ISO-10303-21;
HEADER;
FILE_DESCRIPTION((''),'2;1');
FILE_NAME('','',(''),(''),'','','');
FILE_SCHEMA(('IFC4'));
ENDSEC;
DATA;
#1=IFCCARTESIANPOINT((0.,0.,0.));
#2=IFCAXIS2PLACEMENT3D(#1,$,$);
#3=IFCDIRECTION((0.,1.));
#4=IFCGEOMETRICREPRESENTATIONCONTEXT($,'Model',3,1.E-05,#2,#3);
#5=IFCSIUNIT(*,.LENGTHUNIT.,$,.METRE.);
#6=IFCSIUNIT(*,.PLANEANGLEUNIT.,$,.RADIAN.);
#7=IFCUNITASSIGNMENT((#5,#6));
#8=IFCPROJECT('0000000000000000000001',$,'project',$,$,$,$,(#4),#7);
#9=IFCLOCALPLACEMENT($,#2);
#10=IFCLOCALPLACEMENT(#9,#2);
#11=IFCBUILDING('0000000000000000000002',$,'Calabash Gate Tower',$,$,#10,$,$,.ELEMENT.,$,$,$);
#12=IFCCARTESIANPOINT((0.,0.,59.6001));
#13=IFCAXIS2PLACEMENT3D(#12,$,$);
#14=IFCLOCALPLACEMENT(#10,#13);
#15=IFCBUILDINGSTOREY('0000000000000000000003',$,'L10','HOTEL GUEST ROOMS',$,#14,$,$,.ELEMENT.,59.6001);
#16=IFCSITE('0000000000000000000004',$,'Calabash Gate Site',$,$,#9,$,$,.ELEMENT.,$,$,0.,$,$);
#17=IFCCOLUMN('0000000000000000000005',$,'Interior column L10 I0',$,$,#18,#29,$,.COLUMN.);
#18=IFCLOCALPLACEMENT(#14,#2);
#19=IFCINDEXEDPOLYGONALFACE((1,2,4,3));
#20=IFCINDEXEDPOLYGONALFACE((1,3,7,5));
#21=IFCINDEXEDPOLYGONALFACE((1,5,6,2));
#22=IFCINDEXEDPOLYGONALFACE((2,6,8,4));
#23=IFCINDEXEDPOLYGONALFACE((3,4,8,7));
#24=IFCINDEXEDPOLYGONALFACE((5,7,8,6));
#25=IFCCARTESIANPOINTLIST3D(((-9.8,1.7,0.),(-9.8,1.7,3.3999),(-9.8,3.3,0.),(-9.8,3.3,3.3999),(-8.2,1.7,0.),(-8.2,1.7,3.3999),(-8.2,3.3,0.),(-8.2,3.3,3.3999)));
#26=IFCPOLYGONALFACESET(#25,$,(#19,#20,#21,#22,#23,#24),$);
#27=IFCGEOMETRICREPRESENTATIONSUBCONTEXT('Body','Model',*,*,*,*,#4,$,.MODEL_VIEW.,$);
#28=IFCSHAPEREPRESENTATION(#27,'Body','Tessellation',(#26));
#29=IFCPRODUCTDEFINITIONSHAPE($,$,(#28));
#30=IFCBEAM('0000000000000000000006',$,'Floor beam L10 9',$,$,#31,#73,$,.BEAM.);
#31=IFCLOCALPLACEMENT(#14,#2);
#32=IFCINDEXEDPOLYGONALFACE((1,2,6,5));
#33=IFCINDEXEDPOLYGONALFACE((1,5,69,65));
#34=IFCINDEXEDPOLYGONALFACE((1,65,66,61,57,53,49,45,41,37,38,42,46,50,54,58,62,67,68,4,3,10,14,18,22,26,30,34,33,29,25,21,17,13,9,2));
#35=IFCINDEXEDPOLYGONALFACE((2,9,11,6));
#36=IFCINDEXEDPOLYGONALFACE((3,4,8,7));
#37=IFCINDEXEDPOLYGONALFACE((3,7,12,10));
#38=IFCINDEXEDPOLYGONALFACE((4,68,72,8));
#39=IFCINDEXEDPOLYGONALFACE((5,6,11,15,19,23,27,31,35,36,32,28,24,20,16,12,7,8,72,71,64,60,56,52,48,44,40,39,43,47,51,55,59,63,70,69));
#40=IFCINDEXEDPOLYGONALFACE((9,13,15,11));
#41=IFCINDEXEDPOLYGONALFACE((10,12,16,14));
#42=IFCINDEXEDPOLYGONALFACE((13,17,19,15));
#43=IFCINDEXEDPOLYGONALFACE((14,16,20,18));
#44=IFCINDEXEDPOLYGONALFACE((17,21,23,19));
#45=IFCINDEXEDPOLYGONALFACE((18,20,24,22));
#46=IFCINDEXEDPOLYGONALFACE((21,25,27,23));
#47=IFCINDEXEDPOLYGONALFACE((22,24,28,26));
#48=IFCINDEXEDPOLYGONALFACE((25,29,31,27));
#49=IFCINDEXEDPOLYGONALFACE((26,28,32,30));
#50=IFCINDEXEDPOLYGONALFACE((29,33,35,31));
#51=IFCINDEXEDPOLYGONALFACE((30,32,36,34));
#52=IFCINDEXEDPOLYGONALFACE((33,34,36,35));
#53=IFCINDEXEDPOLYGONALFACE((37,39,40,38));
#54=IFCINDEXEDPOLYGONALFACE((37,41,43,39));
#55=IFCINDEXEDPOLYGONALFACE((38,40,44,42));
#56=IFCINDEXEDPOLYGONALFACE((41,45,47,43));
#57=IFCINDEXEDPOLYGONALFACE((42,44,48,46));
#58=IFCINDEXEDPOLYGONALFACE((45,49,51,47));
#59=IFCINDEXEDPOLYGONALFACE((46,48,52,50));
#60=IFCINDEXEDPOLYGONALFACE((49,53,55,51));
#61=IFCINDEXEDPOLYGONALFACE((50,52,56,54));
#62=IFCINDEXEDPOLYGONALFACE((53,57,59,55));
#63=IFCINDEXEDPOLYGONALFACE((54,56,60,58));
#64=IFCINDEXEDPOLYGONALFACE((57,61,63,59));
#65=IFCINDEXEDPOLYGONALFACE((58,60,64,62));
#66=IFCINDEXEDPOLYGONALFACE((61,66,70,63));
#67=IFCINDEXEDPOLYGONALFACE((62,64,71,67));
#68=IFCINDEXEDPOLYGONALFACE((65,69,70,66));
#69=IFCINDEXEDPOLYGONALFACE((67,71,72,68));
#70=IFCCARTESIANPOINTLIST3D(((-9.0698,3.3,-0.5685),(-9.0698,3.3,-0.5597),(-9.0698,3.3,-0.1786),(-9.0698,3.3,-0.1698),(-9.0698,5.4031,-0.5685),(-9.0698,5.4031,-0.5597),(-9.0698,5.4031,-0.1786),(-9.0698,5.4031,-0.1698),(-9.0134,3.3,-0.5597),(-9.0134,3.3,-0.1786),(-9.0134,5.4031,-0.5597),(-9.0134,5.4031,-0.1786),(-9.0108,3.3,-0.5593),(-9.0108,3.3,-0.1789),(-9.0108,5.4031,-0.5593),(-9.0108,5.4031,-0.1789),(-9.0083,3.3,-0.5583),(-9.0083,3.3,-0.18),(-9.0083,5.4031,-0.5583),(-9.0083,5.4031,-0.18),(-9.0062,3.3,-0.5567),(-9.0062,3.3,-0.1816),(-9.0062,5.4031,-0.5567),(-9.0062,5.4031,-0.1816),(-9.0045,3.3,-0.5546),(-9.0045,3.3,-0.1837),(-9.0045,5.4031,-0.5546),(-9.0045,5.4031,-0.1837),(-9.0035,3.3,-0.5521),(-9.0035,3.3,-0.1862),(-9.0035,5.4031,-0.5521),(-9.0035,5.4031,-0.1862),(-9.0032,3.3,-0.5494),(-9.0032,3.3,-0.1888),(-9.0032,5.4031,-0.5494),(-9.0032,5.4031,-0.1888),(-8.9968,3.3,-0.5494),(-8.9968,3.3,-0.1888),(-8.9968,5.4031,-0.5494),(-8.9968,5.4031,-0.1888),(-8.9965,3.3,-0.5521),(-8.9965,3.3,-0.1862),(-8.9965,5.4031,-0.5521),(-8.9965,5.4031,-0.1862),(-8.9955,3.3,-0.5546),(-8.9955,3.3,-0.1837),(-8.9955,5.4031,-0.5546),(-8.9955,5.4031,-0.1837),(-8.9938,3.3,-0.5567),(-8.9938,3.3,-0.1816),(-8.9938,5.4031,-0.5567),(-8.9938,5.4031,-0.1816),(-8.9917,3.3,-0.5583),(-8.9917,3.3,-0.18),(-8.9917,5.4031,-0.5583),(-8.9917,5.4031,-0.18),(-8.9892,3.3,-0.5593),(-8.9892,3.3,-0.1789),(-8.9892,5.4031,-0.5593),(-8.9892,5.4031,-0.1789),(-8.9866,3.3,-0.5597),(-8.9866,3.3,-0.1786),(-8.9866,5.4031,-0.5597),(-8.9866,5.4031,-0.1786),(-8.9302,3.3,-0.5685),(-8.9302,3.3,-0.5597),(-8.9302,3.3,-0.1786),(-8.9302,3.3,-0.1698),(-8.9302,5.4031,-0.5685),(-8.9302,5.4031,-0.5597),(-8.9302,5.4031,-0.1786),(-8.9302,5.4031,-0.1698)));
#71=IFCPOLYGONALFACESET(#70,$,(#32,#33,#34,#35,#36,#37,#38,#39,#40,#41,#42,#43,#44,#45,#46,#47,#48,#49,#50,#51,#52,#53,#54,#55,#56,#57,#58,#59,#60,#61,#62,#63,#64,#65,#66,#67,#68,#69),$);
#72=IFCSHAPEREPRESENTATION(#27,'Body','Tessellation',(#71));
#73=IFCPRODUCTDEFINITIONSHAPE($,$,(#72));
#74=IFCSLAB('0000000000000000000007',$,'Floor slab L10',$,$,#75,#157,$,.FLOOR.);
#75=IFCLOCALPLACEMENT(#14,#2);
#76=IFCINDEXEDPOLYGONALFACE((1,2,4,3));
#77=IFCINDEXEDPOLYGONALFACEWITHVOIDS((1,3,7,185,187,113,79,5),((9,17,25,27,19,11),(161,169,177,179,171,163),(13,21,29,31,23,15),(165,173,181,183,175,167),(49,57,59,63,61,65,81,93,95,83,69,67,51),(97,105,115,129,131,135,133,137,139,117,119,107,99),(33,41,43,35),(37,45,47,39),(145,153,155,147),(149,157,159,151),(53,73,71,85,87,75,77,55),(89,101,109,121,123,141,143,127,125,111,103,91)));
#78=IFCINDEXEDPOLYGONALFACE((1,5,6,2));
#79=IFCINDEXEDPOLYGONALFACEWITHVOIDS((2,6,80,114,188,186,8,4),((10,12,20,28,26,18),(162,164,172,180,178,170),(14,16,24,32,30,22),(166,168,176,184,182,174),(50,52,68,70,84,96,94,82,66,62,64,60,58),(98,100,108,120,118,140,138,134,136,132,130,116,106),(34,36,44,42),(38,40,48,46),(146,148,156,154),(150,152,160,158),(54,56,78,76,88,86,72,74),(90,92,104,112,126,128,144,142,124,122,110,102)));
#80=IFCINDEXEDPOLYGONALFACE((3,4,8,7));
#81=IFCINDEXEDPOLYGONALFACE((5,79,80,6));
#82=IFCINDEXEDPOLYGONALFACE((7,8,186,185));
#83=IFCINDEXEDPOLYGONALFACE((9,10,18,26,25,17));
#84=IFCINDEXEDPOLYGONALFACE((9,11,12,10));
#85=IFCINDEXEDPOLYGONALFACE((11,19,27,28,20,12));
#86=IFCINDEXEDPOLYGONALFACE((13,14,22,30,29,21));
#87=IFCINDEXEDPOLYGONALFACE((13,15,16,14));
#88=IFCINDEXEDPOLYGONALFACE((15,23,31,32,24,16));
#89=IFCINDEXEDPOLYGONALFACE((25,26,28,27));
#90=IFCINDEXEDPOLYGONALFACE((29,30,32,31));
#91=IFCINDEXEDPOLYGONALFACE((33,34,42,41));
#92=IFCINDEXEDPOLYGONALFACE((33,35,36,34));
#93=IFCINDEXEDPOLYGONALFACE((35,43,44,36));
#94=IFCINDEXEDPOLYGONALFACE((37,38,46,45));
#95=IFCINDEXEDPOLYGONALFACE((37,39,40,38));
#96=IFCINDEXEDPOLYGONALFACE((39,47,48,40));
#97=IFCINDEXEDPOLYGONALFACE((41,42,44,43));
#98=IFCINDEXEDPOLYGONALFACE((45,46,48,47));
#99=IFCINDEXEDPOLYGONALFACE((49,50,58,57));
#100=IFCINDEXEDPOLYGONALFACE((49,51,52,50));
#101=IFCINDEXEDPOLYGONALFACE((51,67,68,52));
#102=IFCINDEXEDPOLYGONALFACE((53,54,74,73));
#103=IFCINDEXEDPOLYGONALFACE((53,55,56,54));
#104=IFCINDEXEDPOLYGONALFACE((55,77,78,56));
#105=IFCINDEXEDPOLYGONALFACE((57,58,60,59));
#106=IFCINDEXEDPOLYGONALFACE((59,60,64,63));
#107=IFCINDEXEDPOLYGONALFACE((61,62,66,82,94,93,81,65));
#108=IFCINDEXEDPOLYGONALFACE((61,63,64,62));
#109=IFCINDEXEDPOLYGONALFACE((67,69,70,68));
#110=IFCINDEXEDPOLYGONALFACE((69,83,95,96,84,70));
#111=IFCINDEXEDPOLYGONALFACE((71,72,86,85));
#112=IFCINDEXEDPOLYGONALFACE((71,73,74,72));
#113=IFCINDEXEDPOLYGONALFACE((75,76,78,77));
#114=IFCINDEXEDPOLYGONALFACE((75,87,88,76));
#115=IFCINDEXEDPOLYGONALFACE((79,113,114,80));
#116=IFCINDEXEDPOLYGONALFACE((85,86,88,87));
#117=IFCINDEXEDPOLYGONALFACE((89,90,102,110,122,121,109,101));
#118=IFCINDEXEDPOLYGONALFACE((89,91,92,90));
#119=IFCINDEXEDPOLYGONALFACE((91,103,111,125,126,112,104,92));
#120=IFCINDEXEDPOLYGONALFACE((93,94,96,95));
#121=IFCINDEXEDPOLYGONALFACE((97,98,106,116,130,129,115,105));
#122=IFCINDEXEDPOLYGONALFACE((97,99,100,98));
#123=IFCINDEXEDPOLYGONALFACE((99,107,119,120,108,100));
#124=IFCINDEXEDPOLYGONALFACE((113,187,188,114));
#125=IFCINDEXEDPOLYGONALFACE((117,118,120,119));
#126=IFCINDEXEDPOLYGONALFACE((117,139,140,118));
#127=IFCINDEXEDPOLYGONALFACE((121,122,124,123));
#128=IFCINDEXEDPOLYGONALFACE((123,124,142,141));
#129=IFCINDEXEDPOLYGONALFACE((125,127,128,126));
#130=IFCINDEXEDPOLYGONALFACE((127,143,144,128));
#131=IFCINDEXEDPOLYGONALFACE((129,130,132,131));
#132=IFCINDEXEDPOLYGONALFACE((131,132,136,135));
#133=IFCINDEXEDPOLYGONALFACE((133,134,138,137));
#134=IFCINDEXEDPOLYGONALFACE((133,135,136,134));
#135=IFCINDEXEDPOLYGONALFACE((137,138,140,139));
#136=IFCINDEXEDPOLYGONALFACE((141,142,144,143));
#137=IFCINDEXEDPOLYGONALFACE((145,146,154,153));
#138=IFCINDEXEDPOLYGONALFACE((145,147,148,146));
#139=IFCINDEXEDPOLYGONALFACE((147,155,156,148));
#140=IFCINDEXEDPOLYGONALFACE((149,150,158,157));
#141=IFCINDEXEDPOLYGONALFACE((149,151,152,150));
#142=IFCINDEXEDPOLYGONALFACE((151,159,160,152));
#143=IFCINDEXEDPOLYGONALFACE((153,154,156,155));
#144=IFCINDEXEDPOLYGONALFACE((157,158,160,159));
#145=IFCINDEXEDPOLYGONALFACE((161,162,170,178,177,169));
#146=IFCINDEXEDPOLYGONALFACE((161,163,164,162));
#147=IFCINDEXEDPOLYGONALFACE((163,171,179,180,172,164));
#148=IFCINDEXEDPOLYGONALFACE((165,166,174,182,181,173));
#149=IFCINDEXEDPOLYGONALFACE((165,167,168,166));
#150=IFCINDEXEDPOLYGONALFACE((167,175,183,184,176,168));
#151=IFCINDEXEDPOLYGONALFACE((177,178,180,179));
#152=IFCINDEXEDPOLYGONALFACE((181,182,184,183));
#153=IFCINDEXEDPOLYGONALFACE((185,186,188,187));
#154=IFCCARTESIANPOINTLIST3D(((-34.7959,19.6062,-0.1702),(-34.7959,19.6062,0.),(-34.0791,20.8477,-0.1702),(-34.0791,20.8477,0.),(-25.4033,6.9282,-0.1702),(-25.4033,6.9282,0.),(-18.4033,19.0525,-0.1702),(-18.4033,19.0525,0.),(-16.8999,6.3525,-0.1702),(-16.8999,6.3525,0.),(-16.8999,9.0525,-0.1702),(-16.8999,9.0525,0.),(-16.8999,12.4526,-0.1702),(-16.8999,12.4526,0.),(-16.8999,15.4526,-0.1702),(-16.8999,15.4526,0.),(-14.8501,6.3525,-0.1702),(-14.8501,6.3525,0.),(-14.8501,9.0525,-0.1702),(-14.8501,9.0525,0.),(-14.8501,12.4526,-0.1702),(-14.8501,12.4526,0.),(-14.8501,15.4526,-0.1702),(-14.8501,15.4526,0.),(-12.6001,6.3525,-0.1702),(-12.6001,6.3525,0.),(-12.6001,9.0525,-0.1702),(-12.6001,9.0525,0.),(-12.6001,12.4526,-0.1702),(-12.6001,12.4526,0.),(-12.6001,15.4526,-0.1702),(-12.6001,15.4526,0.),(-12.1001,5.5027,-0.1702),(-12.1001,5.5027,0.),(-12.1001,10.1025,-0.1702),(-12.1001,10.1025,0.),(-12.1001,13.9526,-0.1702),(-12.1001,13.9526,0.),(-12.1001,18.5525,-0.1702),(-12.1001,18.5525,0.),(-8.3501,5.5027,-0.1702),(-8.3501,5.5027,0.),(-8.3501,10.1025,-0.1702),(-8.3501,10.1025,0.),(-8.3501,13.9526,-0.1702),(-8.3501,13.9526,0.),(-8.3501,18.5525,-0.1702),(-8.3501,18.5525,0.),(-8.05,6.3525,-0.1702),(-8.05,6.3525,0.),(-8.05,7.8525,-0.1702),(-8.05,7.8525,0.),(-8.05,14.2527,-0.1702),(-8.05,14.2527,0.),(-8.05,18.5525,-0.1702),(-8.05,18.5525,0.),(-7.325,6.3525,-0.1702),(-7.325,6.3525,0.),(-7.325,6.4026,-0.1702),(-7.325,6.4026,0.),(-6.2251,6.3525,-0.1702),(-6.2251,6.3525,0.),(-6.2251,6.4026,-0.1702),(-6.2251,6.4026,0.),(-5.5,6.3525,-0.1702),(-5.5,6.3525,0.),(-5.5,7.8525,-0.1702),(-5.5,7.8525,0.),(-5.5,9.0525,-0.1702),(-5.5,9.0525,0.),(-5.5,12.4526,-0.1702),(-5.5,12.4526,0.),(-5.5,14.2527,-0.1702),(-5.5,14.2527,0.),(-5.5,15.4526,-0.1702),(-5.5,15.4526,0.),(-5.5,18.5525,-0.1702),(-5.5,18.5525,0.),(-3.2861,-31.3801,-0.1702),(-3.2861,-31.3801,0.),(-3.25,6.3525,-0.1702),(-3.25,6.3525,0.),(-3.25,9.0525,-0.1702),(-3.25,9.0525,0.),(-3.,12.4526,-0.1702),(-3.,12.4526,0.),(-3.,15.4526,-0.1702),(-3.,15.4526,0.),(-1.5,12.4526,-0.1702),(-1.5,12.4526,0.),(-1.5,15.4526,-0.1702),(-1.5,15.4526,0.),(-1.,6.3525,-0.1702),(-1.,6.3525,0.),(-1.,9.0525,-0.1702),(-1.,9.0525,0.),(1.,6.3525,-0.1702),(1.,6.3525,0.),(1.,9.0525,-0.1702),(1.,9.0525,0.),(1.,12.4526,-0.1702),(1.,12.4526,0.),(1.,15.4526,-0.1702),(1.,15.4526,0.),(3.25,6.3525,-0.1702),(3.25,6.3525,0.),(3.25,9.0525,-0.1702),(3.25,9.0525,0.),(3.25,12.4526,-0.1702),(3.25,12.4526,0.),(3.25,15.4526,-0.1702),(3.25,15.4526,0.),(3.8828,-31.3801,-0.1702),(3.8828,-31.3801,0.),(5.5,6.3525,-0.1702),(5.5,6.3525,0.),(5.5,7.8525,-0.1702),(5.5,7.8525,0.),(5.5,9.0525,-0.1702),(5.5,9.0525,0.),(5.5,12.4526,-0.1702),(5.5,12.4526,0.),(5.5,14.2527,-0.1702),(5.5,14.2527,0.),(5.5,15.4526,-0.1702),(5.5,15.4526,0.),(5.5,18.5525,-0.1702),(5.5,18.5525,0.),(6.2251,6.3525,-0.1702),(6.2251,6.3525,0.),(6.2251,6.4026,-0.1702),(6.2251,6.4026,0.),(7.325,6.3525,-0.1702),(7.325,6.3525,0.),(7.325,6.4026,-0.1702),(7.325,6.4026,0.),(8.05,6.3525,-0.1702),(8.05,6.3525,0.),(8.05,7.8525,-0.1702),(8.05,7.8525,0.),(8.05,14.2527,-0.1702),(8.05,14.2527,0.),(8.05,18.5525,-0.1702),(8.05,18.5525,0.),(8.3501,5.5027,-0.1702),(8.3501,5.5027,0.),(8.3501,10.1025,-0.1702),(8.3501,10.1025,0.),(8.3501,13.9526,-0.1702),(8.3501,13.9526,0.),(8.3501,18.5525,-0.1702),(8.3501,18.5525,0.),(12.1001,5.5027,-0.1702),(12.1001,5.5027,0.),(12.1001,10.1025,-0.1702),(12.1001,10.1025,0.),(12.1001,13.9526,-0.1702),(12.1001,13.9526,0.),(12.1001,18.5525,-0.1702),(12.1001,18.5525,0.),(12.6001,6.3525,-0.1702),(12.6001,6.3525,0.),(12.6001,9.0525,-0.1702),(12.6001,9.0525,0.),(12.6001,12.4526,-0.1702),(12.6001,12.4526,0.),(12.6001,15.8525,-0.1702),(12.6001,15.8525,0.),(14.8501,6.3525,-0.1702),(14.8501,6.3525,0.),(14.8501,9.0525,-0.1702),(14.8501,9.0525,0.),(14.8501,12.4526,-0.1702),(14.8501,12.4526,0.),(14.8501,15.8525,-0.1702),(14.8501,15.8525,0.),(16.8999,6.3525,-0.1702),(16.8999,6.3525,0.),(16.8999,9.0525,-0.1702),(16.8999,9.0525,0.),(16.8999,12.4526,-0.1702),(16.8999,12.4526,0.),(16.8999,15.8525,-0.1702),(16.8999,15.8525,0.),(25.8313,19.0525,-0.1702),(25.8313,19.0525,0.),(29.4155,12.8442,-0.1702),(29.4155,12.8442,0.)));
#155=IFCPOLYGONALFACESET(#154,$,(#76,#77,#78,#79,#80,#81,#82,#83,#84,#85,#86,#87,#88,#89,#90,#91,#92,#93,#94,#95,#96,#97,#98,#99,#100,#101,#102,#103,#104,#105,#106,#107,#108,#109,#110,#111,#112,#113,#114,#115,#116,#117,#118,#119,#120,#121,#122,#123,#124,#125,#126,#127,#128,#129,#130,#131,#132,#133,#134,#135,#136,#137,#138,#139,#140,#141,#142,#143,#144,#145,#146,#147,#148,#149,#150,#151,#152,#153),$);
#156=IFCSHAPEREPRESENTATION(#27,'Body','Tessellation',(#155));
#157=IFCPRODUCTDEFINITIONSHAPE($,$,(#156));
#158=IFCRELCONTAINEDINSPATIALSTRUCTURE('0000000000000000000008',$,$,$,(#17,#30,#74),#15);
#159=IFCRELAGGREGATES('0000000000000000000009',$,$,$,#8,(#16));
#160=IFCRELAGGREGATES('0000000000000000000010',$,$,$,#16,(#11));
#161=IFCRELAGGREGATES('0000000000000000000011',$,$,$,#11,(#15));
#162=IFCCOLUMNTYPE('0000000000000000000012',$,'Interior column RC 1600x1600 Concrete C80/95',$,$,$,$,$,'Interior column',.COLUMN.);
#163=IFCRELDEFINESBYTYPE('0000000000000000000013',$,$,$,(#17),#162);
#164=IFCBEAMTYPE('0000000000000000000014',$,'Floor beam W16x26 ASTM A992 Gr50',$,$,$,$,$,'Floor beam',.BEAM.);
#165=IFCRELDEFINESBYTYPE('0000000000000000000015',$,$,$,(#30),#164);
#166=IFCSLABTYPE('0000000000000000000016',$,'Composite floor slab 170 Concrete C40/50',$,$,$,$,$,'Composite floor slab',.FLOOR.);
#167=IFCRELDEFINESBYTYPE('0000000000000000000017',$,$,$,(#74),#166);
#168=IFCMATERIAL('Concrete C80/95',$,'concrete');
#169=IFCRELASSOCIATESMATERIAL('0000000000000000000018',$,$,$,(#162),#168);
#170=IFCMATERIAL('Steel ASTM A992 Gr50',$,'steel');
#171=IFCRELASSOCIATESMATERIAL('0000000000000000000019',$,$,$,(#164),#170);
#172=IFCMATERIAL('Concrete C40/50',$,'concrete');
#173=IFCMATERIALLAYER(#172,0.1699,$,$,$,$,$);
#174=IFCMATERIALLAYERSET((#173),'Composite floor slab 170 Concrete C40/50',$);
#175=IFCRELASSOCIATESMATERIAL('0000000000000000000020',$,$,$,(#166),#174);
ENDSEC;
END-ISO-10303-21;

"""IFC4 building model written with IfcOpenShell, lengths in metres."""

from ifc_helpers import new_model, si_unit, direction, frame, origin, origin_2d, place, context, subcontext, project, spatial, polyline, rectangle, i_section, outline, extrude, material, layer, layer_set, material_profile, profile_set, type_object, element, save


model = new_model("IFC4")

# Units and contexts
model_context = context("Model", 3, precision=1e-05, world=origin(), true_north=direction((0.0, 1.0)))
body_context = subcontext(model_context, "Body", "Model", "MODEL_VIEW")
ifc_project = project(units=[si_unit("LENGTHUNIT", "METRE"), si_unit("PLANEANGLEUNIT", "RADIAN")], contexts=[model_context])

# Site, building, storey
site_placement = place(None, origin())
site = spatial("IfcSite", under=ifc_project, at=site_placement, Name="Calabash Gate Site", CompositionType="ELEMENT", RefElevation=0.0)
building_placement = place(site_placement, origin())
building = spatial("IfcBuilding", under=site, at=building_placement, Name="Calabash Gate Tower", CompositionType="ELEMENT")
storey_placement = place(building_placement, frame((0.0, 0.0, 59.6001)))
storey = spatial("IfcBuildingStorey", under=building, at=storey_placement, Name="L10", Description="HOTEL GUEST ROOMS", CompositionType="ELEMENT", Elevation=59.6001)

# Column
ifc_material_1 = material(Name="Concrete C80/95", Category="concrete")
ifc_material_profile_1 = material_profile(ifc_material_1, rectangle(XDim=1.6001, YDim=1.6001, at=origin_2d()))
ifc_profile_set_1 = profile_set([ifc_material_profile_1], Name="Concrete C80/95")
column_type = type_object("IfcColumnType", Name="Interior column RC 1600x1600 Concrete C80/95", ElementType="Interior column", PredefinedType="COLUMN", material=ifc_profile_set_1)
column_placement = place(storey_placement, frame((-9.0, 2.5, 0.0), z_axis=(0.0, 0.0, 1.0), x_axis=(1.0, 0.0, 0.0)))
element("IfcColumn", 1, at=column_placement, inside=storey, type_object=column_type, Name="Interior column L10 I0", PredefinedType="COLUMN", context=body_context, shape_type="SweptSolid", body=[
    extrude(rectangle(XDim=1.6001, YDim=1.6001, at=origin_2d()), origin(), (0.0, 0.0, 1.0), 3.3999),
])

# Beam
ifc_material_2 = material(Name="Steel ASTM A992 Gr50", Category="steel")
ifc_material_profile_2 = material_profile(ifc_material_2, i_section(OverallWidth=0.1396, OverallDepth=0.3987, WebThickness=0.0063, FlangeThickness=0.0088, FilletRadius=0.0103, at=origin_2d()))
ifc_profile_set_2 = profile_set([ifc_material_profile_2], Name="Steel ASTM A992 Gr50")
beam_type = type_object("IfcBeamType", Name="Floor beam W16x26 ASTM A992 Gr50", ElementType="Floor beam", PredefinedType="BEAM", material=ifc_profile_set_2)
beam_placement = place(storey_placement, frame((-9.0, 3.3, -0.3691), z_axis=(0.0, 1.0, 0.0), x_axis=(-1.0, 0.0, 0.0)))
element("IfcBeam", 2, at=beam_placement, inside=storey, type_object=beam_type, Name="Floor beam L10 9", PredefinedType="BEAM", context=body_context, shape_type="SweptSolid", body=[
    extrude(i_section(OverallWidth=0.1396, OverallDepth=0.3987, WebThickness=0.0063, FlangeThickness=0.0088, FilletRadius=0.0103, at=origin_2d()), origin(), (0.0, 0.0, 1.0), 2.103),
])

# Slab
ifc_material_3 = material(Name="Concrete C40/50", Category="concrete")
ifc_layer_1 = layer(ifc_material_3, 0.1699)
ifc_layer_set_1 = layer_set([ifc_layer_1], Name="Composite floor slab 170 Concrete C40/50")
slab_type = type_object("IfcSlabType", Name="Composite floor slab 170 Concrete C40/50", ElementType="Composite floor slab", PredefinedType="FLOOR", material=ifc_layer_set_1)
slab_placement = place(storey_placement, frame((0.0, 0.0, -0.1702)))
element("IfcSlab", 3, at=slab_placement, inside=storey, type_object=slab_type, Name="Floor slab L10", PredefinedType="FLOOR", context=body_context, shape_type="SweptSolid", body=[
    extrude(outline(polyline([(-25.4033, 6.9282), (-34.7959, 19.6062), (-34.0791, 20.8477), (-18.4033, 19.0525), (25.8313, 19.0525), (29.4155, 12.8442), (3.8828, -31.3801), (-3.2861, -31.3801), (-25.4033, 6.9282)]), holes=[polyline([(-5.5, 9.0525), (-5.5, 7.8525), (-8.05, 7.8525), (-8.05, 6.3525), (-7.325, 6.3525), (-7.325, 6.4026), (-6.2251, 6.4026), (-6.2251, 6.3525), (-5.5, 6.3525), (-3.25, 6.3525), (-1.0, 6.3525), (-1.0, 9.0525), (-3.25, 9.0525), (-5.5, 9.0525)]), polyline([(5.5, 9.0525), (3.25, 9.0525), (1.0, 9.0525), (1.0, 6.3525), (3.25, 6.3525), (5.5, 6.3525), (6.2251, 6.3525), (6.2251, 6.4026), (7.325, 6.4026), (7.325, 6.3525), (8.05, 6.3525), (8.05, 7.8525), (5.5, 7.8525), (5.5, 9.0525)]), polyline([(-5.5, 14.2527), (-5.5, 12.4526), (-3.0, 12.4526), (-3.0, 15.4526), (-5.5, 15.4526), (-5.5, 18.5525), (-8.05, 18.5525), (-8.05, 14.2527), (-5.5, 14.2527)]), polyline([(8.05, 18.5525), (5.5, 18.5525), (5.5, 15.4526), (3.25, 15.4526), (1.0, 15.4526), (-1.5, 15.4526), (-1.5, 12.4526), (1.0, 12.4526), (3.25, 12.4526), (5.5, 12.4526), (5.5, 14.2527), (8.05, 14.2527), (8.05, 18.5525)]), polyline([(-12.6001, 6.3525), (-12.6001, 9.0525), (-14.8501, 9.0525), (-16.8999, 9.0525), (-16.8999, 6.3525), (-14.8501, 6.3525), (-12.6001, 6.3525)]), polyline([(-14.8501, 12.4526), (-12.6001, 12.4526), (-12.6001, 15.4526), (-14.8501, 15.4526), (-16.8999, 15.4526), (-16.8999, 12.4526), (-14.8501, 12.4526)]), polyline([(14.8501, 6.3525), (16.8999, 6.3525), (16.8999, 9.0525), (14.8501, 9.0525), (12.6001, 9.0525), (12.6001, 6.3525), (14.8501, 6.3525)]), polyline([(14.8501, 12.4526), (16.8999, 12.4526), (16.8999, 15.8525), (14.8501, 15.8525), (12.6001, 15.8525), (12.6001, 12.4526), (14.8501, 12.4526)]), polyline([(-8.3501, 18.5525), (-12.1001, 18.5525), (-12.1001, 13.9526), (-8.3501, 13.9526), (-8.3501, 18.5525)]), polyline([(-12.1001, 10.1025), (-12.1001, 5.5027), (-8.3501, 5.5027), (-8.3501, 10.1025), (-12.1001, 10.1025)]), polyline([(8.3501, 13.9526), (12.1001, 13.9526), (12.1001, 18.5525), (8.3501, 18.5525), (8.3501, 13.9526)]), polyline([(12.1001, 5.5027), (12.1001, 10.1025), (8.3501, 10.1025), (8.3501, 5.5027), (12.1001, 5.5027)])]), origin(), (0.0, 0.0, 1.0), 0.1702),
])

save(model, "model.ifc")
